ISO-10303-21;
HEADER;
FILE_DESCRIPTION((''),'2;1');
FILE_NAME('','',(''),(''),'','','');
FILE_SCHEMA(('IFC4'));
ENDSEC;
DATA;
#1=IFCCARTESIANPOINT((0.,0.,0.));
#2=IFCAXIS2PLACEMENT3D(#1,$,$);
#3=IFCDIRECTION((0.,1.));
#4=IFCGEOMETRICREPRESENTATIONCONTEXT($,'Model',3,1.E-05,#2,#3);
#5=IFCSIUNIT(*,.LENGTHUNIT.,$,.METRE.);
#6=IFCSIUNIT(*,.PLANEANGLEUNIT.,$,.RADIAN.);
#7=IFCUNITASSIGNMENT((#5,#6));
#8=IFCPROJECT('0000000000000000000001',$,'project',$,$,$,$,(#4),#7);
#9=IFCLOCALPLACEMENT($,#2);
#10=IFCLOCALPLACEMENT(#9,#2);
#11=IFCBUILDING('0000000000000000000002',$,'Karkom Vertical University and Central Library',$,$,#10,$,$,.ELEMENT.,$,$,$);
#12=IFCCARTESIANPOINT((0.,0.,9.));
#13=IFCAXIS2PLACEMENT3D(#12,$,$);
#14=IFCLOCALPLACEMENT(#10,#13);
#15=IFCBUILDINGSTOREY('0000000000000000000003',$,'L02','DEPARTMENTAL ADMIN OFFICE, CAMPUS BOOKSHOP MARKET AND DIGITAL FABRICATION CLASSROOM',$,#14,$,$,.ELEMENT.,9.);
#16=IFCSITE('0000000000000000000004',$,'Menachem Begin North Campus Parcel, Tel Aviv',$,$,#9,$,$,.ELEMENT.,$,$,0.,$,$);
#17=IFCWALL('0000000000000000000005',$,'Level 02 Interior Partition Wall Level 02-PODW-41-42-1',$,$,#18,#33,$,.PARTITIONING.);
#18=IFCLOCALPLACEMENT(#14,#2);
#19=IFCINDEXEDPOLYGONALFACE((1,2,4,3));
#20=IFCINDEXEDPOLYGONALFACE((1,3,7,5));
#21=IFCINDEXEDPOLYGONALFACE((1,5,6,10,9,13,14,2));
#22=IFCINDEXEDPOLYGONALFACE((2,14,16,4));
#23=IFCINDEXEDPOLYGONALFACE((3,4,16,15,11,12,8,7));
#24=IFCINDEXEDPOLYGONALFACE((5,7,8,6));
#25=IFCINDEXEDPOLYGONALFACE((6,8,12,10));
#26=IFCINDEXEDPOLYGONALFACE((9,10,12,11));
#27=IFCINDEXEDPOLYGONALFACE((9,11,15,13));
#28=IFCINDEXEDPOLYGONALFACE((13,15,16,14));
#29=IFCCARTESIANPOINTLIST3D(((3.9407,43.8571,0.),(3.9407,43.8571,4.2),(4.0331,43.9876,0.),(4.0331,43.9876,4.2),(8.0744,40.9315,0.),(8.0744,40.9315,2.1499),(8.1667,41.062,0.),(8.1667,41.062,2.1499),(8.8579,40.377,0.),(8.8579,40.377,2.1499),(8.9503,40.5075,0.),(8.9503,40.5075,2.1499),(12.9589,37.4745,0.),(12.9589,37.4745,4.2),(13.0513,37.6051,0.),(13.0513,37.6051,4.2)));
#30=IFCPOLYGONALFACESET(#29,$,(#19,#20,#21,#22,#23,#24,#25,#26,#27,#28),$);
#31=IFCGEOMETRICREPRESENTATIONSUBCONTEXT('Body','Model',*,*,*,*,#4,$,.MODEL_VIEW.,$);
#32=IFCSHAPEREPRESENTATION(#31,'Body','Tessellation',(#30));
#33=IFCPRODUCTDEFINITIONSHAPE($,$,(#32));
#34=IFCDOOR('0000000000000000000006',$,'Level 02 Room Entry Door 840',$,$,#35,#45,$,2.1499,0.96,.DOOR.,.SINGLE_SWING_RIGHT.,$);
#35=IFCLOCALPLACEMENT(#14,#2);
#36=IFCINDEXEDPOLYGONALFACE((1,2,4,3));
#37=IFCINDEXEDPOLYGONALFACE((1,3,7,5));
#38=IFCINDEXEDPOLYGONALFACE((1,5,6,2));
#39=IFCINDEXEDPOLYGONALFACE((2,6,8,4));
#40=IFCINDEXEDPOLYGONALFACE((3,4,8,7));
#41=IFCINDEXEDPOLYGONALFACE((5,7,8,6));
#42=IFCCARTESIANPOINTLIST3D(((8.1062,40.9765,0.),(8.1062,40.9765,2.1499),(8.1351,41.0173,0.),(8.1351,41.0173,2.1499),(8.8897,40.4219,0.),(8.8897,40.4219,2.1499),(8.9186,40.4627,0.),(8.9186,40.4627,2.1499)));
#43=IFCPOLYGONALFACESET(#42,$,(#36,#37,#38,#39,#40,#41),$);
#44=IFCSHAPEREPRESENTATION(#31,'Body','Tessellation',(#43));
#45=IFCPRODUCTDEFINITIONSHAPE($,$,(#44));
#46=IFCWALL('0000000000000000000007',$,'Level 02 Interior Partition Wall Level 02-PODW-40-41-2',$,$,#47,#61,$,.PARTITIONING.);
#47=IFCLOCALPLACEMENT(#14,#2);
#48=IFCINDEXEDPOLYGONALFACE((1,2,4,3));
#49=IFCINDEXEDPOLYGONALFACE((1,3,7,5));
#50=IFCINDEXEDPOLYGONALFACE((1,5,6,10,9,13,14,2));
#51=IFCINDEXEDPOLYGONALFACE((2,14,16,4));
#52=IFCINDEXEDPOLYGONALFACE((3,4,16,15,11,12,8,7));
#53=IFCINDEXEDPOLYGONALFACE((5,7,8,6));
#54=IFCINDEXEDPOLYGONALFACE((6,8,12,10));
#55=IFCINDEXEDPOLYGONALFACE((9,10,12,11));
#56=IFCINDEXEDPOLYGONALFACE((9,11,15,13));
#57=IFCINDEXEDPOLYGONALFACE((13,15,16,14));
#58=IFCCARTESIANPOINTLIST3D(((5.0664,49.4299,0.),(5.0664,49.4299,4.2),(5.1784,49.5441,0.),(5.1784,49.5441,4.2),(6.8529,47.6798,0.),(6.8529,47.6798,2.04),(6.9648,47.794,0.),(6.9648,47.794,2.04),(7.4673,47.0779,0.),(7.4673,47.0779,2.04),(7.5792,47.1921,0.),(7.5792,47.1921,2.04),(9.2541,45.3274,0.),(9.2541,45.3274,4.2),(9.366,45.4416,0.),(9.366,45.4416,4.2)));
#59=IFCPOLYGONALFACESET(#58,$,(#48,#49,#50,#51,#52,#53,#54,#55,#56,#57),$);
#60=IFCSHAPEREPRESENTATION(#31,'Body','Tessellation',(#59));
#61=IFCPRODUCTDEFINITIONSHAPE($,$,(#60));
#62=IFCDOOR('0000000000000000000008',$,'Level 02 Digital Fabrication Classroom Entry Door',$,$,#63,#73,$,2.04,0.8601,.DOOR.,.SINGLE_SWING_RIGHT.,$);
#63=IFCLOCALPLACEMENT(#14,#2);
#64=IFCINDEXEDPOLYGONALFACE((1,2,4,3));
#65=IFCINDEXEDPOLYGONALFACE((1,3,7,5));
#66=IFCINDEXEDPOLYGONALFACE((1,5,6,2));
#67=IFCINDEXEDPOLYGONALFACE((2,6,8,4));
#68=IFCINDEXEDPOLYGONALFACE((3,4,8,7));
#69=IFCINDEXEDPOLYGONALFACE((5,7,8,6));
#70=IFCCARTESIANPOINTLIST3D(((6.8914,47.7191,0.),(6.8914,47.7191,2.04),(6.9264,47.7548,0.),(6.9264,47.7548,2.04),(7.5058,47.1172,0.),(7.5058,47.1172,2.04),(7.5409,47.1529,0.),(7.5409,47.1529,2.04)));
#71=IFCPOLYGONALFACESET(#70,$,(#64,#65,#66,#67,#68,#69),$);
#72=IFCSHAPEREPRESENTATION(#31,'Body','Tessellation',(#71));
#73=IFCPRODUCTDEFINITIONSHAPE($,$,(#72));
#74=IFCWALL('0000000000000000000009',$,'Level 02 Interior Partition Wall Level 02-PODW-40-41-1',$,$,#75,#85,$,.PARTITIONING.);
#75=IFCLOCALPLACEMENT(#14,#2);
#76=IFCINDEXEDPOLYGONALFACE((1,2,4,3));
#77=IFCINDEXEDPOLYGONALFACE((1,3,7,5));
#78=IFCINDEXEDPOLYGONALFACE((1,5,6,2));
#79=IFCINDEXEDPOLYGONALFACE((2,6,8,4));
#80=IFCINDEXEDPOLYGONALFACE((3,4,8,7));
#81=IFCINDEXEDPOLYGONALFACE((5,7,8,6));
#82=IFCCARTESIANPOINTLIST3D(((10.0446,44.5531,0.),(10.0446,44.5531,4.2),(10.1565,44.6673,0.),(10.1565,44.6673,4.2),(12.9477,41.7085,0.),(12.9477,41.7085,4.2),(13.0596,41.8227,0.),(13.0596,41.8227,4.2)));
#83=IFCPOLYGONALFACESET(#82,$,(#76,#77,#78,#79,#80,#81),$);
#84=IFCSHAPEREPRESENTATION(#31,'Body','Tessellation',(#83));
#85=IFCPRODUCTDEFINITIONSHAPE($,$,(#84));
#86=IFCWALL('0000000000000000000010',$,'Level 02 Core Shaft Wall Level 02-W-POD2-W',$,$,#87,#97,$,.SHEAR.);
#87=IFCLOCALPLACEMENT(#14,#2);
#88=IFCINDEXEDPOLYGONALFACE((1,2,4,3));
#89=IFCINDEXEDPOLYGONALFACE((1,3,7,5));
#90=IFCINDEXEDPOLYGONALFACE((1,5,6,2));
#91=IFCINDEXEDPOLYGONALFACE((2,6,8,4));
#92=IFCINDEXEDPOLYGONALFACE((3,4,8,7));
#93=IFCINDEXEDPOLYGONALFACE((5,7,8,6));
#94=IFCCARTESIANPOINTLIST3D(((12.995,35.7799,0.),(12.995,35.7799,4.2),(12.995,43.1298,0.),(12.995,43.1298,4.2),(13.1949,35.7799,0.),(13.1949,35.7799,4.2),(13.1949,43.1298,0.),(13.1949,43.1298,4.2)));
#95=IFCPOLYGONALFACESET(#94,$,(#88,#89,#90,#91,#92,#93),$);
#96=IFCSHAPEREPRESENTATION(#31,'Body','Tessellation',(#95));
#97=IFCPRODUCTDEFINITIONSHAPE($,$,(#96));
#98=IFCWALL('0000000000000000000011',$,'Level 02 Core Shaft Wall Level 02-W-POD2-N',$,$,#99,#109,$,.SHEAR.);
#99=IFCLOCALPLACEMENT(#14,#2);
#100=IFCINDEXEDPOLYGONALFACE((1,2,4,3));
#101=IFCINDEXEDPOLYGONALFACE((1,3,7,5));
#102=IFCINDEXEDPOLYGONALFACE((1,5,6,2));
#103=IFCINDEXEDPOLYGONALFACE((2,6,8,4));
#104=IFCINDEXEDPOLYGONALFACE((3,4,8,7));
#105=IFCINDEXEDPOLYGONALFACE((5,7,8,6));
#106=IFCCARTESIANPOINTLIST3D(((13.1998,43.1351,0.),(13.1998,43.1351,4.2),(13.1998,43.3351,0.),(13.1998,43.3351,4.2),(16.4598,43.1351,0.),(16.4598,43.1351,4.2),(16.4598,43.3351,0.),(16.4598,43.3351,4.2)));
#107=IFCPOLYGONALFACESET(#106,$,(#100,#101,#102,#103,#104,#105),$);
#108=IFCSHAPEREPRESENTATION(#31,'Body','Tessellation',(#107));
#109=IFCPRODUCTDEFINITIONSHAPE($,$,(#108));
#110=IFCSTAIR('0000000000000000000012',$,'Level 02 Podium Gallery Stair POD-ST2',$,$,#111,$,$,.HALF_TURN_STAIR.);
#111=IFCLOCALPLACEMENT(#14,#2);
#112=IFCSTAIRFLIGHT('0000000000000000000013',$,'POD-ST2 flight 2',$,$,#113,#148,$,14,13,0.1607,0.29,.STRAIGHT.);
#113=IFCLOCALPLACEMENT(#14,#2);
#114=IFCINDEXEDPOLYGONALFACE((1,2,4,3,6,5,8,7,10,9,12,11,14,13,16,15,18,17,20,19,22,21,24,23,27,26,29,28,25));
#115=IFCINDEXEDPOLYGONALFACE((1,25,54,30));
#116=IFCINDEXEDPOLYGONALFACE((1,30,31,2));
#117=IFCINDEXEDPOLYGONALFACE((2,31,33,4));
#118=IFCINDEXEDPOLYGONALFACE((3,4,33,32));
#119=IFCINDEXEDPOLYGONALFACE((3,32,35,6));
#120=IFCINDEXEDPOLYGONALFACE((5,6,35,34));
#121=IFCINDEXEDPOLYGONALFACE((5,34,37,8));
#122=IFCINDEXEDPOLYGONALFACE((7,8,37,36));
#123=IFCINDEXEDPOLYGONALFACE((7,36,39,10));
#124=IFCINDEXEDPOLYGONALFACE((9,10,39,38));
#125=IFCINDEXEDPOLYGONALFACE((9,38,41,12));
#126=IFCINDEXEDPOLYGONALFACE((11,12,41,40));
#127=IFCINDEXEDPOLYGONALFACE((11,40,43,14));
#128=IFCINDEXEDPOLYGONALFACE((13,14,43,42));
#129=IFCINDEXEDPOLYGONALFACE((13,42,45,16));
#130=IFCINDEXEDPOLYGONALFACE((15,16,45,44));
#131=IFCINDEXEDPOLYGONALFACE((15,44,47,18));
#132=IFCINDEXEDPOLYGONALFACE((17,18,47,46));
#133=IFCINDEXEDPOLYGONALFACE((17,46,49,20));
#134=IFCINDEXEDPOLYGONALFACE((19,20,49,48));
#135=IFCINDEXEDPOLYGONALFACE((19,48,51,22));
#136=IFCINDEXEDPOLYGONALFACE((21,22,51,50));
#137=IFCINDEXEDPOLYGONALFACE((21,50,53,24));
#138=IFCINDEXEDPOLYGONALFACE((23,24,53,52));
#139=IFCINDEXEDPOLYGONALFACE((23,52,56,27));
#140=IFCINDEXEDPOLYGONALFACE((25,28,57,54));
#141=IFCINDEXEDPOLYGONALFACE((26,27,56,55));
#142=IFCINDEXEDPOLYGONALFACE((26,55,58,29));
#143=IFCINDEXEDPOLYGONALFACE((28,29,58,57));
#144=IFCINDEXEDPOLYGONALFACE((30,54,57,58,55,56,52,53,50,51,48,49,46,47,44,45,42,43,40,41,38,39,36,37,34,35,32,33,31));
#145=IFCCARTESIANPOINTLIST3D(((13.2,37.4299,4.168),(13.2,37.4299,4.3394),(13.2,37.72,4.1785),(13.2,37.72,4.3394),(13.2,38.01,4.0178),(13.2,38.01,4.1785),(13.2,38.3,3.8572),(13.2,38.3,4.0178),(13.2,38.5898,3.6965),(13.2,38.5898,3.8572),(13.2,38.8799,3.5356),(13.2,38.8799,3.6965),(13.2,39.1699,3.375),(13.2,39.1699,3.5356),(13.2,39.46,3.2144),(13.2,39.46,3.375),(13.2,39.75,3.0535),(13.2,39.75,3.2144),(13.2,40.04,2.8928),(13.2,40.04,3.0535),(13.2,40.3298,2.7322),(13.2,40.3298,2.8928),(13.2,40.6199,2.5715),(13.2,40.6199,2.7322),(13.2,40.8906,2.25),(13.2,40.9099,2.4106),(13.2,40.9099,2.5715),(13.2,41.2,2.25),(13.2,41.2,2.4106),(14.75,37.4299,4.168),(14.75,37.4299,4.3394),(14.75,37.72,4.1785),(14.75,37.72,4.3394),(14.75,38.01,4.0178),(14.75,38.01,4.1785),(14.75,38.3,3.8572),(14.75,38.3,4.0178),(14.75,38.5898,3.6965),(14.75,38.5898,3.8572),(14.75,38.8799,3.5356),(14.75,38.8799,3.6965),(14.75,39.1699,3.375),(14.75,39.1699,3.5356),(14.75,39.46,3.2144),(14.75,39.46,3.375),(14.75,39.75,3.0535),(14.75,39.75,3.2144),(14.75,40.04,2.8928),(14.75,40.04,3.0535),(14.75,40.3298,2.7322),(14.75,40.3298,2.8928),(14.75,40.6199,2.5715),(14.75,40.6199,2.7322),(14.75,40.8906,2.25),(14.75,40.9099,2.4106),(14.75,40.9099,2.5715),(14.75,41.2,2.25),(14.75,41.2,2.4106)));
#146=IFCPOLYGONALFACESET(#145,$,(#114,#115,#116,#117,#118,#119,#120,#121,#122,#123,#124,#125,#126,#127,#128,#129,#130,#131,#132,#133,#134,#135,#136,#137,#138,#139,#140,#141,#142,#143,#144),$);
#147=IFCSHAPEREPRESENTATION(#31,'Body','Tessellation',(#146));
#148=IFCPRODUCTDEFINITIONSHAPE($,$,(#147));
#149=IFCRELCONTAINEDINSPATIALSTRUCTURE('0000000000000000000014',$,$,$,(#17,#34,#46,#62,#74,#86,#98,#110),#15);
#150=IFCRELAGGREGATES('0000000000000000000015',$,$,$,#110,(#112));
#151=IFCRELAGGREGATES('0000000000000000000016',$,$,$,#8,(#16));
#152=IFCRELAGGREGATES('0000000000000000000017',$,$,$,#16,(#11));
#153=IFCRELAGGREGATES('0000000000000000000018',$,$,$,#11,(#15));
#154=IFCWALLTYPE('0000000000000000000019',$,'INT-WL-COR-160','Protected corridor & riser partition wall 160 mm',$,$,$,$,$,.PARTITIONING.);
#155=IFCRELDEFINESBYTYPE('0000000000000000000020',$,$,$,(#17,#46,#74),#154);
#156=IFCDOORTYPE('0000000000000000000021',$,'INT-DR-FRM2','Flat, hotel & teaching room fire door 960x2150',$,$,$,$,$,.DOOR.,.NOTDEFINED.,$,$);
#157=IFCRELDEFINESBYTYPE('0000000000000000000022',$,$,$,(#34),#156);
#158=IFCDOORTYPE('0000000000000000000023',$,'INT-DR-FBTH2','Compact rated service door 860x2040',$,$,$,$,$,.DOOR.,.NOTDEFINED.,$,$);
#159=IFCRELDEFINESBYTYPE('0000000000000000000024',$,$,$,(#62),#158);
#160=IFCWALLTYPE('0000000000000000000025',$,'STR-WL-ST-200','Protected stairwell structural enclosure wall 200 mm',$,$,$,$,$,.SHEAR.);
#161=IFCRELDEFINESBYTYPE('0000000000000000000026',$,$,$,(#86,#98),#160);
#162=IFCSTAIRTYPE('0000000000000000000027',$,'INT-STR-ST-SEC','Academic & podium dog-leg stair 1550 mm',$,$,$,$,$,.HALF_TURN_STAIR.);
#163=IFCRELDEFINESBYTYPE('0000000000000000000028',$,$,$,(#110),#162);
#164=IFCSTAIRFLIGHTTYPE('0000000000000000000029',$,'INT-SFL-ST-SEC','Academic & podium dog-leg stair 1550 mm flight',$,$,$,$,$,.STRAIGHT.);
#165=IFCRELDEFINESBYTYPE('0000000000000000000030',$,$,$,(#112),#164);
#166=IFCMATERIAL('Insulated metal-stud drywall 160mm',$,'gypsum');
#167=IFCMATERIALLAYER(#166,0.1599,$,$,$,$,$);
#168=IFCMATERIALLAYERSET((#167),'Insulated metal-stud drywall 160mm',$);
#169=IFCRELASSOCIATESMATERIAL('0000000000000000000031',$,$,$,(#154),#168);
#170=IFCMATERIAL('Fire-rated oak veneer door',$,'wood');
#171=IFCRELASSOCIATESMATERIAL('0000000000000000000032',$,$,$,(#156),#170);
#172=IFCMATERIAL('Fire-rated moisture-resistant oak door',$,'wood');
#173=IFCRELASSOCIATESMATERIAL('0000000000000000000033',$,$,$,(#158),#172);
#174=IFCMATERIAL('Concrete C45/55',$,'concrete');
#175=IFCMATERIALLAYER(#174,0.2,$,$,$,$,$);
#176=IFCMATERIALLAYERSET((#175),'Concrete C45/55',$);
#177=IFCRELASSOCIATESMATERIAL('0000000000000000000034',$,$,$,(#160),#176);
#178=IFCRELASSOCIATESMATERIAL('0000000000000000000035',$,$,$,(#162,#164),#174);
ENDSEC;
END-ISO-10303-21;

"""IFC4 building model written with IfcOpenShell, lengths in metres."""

from ifc_helpers import new_model, si_unit, direction, frame, frame_2d, origin, origin_with_axes, place, context, subcontext, project, spatial, polyline, rectangle, outline, extrude, source, transform, mapped, material, layer, layer_set, type_object, element, fill, aggregate, save


model = new_model("IFC4")

# Units and contexts
model_context = context("Model", 3, precision=1e-05, world=origin(), true_north=direction((0.0, 1.0)))
body_context = subcontext(model_context, "Body", "Model", "MODEL_VIEW")
ifc_project = project(units=[si_unit("LENGTHUNIT", "METRE"), si_unit("PLANEANGLEUNIT", "RADIAN")], contexts=[model_context])

# Site, building, storey
site_placement = place(None, origin())
site = spatial("IfcSite", under=ifc_project, at=site_placement, Name="Menachem Begin North Campus Parcel, Tel Aviv", CompositionType="ELEMENT", RefElevation=0.0)
building_placement = place(site_placement, origin())
building = spatial("IfcBuilding", under=site, at=building_placement, Name="Karkom Vertical University and Central Library", CompositionType="ELEMENT")
storey_placement = place(building_placement, frame((0.0, 0.0, 9.0)))
storey = spatial("IfcBuildingStorey", under=building, at=storey_placement, Name="L02", Description="DEPARTMENTAL ADMIN OFFICE, CAMPUS BOOKSHOP MARKET AND DIGITAL FABRICATION CLASSROOM", CompositionType="ELEMENT", Elevation=9.0)

# Walls, openings, doors
ifc_material_1 = material(Name="Insulated metal-stud drywall 160mm", Category="gypsum")
ifc_layer_1 = layer(ifc_material_1, 0.1599)
ifc_layer_set_1 = layer_set([ifc_layer_1], Name="Insulated metal-stud drywall 160mm")
wall_type_1 = type_object("IfcWallType", Name="INT-WL-COR-160", Description="Protected corridor & riser partition wall 160 mm", PredefinedType="PARTITIONING", material=ifc_layer_set_1)
wall_1_placement = place(storey_placement, frame((13.0051, 37.5398, 0.0), z_axis=(0.0, 0.0, 1.0), x_axis=(-0.816255, 0.577692, 0.0)))
wall_1 = element("IfcWall", 1, at=wall_1_placement, inside=storey, type_object=wall_type_1, Name="Level 02 Interior Partition Wall Level 02-PODW-41-42-1", PredefinedType="PARTITIONING", context=body_context, shape_type="SweptSolid", body=[
    extrude(rectangle(XDim=11.0483, YDim=0.1599, at=frame_2d((5.5242, 0.0))), origin(), (0.0, 0.0, 1.0), 4.2),
])
opening_1_placement = place(wall_1_placement, frame((5.0242, 0.0, 0.0)))
opening_1 = element("IfcOpeningElement", 2, at=opening_1_placement, cuts=wall_1, PredefinedType="OPENING", context=body_context, shape_type="SweptSolid", body=[
    extrude(rectangle(XDim=0.96, YDim=2.1499, at=frame_2d((0.48, 1.075))), frame((0.0, 0.0898, 0.0), z_axis=(0.0, -1.0, 0.0), x_axis=(1.0, 0.0, 0.0)), (0.0, 0.0, 1.0), 0.1799),
])
ifc_material_2 = material(Name="Fire-rated oak veneer door", Category="wood")
door_type_1 = type_object("IfcDoorType", Name="INT-DR-FRM2", Description="Flat, hotel & teaching room fire door 960x2150", OperationType="NOTDEFINED", PredefinedType="DOOR", material=ifc_material_2)
shared_shape_1 = source(origin_with_axes(), body_context, "Body", "SweptSolid", [
    extrude(rectangle(XDim=0.96, YDim=2.1499, at=frame_2d((0.48, 1.075))), frame((0.0, 0.0249, 0.0), z_axis=(0.0, -1.0, 0.0), x_axis=(1.0, 0.0, 0.0)), (0.0, 0.0, 1.0), 0.05),
])
door_1_placement = place(opening_1_placement, origin())
door_1 = element("IfcDoor", 3, at=door_1_placement, inside=storey, type_object=door_type_1, Name="Level 02 Room Entry Door 840", OperationType="SINGLE_SWING_RIGHT", OverallHeight=2.1499, OverallWidth=0.96, PredefinedType="DOOR", context=body_context, shape_type="MappedRepresentation", body=[
    mapped(shared_shape_1, transform((0.0, 0.0, 0.0), scale=1.0)),
])
fill(opening_1, door_1)
wall_2_placement = place(storey_placement, frame((9.3101, 45.3845, 0.0), z_axis=(0.0, 0.0, 1.0), x_axis=(-0.714336, 0.699802, 0.0)))
wall_2 = element("IfcWall", 4, at=wall_2_placement, inside=storey, type_object=wall_type_1, Name="Level 02 Interior Partition Wall Level 02-PODW-40-41-2", PredefinedType="PARTITIONING", context=body_context, shape_type="SweptSolid", body=[
    extrude(rectangle(XDim=5.8623, YDim=0.1599, at=frame_2d((2.9312, 0.0))), origin(), (0.0, 0.0, 1.0), 4.2),
])
opening_2_placement = place(wall_2_placement, frame((2.5012, 0.0, 0.0)))
opening_2 = element("IfcOpeningElement", 5, at=opening_2_placement, cuts=wall_2, PredefinedType="OPENING", context=body_context, shape_type="SweptSolid", body=[
    extrude(rectangle(XDim=0.8601, YDim=2.04, at=frame_2d((0.4302, 1.02))), frame((0.0, 0.0898, 0.0), z_axis=(0.0, -1.0, 0.0), x_axis=(1.0, 0.0, 0.0)), (0.0, 0.0, 1.0), 0.1799),
])
ifc_material_3 = material(Name="Fire-rated moisture-resistant oak door", Category="wood")
door_type_2 = type_object("IfcDoorType", Name="INT-DR-FBTH2", Description="Compact rated service door 860x2040", OperationType="NOTDEFINED", PredefinedType="DOOR", material=ifc_material_3)
shared_shape_2 = source(origin_with_axes(), body_context, "Body", "SweptSolid", [
    extrude(rectangle(XDim=0.8601, YDim=2.04, at=frame_2d((0.4302, 1.02))), frame((0.0, 0.0249, 0.0), z_axis=(0.0, -1.0, 0.0), x_axis=(1.0, 0.0, 0.0)), (0.0, 0.0, 1.0), 0.05),
])
door_2_placement = place(opening_2_placement, origin())
door_2 = element("IfcDoor", 6, at=door_2_placement, inside=storey, type_object=door_type_2, Name="Level 02 Digital Fabrication Classroom Entry Door", OperationType="SINGLE_SWING_RIGHT", OverallHeight=2.04, OverallWidth=0.8601, PredefinedType="DOOR", context=body_context, shape_type="MappedRepresentation", body=[
    mapped(shared_shape_2, transform((0.0, 0.0, 0.0), scale=1.0)),
])
fill(opening_2, door_2)

# Walls
wall_3_placement = place(storey_placement, frame((13.0037, 41.7656, 0.0), z_axis=(0.0, 0.0, 1.0), x_axis=(-0.714278, 0.699862, 0.0)))
element("IfcWall", 7, at=wall_3_placement, inside=storey, type_object=wall_type_1, Name="Level 02 Interior Partition Wall Level 02-PODW-40-41-1", PredefinedType="PARTITIONING", context=body_context, shape_type="SweptSolid", body=[
    extrude(rectangle(XDim=4.0645, YDim=0.1599, at=frame_2d((2.0322, 0.0))), origin(), (0.0, 0.0, 1.0), 4.2),
])
ifc_material_4 = material(Name="Concrete C45/55", Category="concrete")
ifc_layer_2 = layer(ifc_material_4, 0.2)
ifc_layer_set_2 = layer_set([ifc_layer_2], Name="Concrete C45/55")
wall_type_2 = type_object("IfcWallType", Name="STR-WL-ST-200", Description="Protected stairwell structural enclosure wall 200 mm", PredefinedType="SHEAR", material=ifc_layer_set_2)
wall_4_placement = place(storey_placement, frame((13.095, 35.78, 0.0), z_axis=(0.0, 0.0, 1.0), x_axis=(0.0, 1.0, 0.0)))
element("IfcWall", 8, at=wall_4_placement, inside=storey, type_object=wall_type_2, Name="Level 02 Core Shaft Wall Level 02-W-POD2-W", PredefinedType="SHEAR", context=body_context, shape_type="SweptSolid", body=[
    extrude(rectangle(XDim=7.3499, YDim=0.2, at=frame_2d((3.6748, 0.0))), origin(), (0.0, 0.0, 1.0), 4.2),
])
wall_5_placement = place(storey_placement, frame((13.2, 43.2351, 0.0), z_axis=(0.0, 0.0, 1.0), x_axis=(1.0, 0.0, 0.0)))
element("IfcWall", 9, at=wall_5_placement, inside=storey, type_object=wall_type_2, Name="Level 02 Core Shaft Wall Level 02-W-POD2-N", PredefinedType="SHEAR", context=body_context, shape_type="SweptSolid", body=[
    extrude(rectangle(XDim=3.26, YDim=0.2, at=frame_2d((1.6299, 0.0))), origin(), (0.0, 0.0, 1.0), 4.2),
])

# Stair, stair flight
stair_type = type_object("IfcStairType", Name="INT-STR-ST-SEC", Description="Academic & podium dog-leg stair 1550 mm", PredefinedType="HALF_TURN_STAIR", material=ifc_material_4)
stair_placement = place(storey_placement, origin())
stair = element("IfcStair", 10, at=stair_placement, inside=storey, type_object=stair_type, Name="Level 02 Podium Gallery Stair POD-ST2", PredefinedType="HALF_TURN_STAIR")
stair_flight_type = type_object("IfcStairFlightType", Name="INT-SFL-ST-SEC", Description="Academic & podium dog-leg stair 1550 mm flight", PredefinedType="STRAIGHT", material=ifc_material_4)
stair_flight_placement = place(storey_placement, frame((13.9751, 41.2, 2.25), z_axis=(0.0, 0.0, 1.0), x_axis=(0.0, -1.0, 0.0)))
stair_flight = element("IfcStairFlight", 11, at=stair_flight_placement, type_object=stair_flight_type, Name="POD-ST2 flight 2", NumberOfRisers=14, NumberOfTreads=13, PredefinedType="STRAIGHT", RiserHeight=0.1607, TreadLength=0.29, context=body_context, shape_type="SweptSolid", body=[
    extrude(outline(polyline([(0.0, 0.0), (0.0, 0.1606), (0.29, 0.1606), (0.29, 0.3215), (0.5801, 0.3215), (0.5801, 0.4822), (0.8701, 0.4822), (0.8701, 0.6428), (1.1599, 0.6428), (1.1599, 0.8035), (1.45, 0.8035), (1.45, 0.9644), (1.74, 0.9644), (1.74, 1.125), (2.03, 1.125), (2.03, 1.2856), (2.3201, 1.2856), (2.3201, 1.4465), (2.6101, 1.4465), (2.6101, 1.6072), (2.8999, 1.6072), (2.8999, 1.7678), (3.1899, 1.7678), (3.1899, 1.9285), (3.48, 1.9285), (3.48, 2.0894), (3.77, 2.0894), (3.77, 2.25), (3.77, 1.918), (0.3093, 0.0), (0.0, 0.0)])), frame((0.0, 0.7749, 0.0), z_axis=(0.0, -1.0, 0.0), x_axis=(1.0, 0.0, 0.0)), (0.0, 0.0, 1.0), 1.55),
])
aggregate(stair, [stair_flight])

save(model, "model.ifc")
